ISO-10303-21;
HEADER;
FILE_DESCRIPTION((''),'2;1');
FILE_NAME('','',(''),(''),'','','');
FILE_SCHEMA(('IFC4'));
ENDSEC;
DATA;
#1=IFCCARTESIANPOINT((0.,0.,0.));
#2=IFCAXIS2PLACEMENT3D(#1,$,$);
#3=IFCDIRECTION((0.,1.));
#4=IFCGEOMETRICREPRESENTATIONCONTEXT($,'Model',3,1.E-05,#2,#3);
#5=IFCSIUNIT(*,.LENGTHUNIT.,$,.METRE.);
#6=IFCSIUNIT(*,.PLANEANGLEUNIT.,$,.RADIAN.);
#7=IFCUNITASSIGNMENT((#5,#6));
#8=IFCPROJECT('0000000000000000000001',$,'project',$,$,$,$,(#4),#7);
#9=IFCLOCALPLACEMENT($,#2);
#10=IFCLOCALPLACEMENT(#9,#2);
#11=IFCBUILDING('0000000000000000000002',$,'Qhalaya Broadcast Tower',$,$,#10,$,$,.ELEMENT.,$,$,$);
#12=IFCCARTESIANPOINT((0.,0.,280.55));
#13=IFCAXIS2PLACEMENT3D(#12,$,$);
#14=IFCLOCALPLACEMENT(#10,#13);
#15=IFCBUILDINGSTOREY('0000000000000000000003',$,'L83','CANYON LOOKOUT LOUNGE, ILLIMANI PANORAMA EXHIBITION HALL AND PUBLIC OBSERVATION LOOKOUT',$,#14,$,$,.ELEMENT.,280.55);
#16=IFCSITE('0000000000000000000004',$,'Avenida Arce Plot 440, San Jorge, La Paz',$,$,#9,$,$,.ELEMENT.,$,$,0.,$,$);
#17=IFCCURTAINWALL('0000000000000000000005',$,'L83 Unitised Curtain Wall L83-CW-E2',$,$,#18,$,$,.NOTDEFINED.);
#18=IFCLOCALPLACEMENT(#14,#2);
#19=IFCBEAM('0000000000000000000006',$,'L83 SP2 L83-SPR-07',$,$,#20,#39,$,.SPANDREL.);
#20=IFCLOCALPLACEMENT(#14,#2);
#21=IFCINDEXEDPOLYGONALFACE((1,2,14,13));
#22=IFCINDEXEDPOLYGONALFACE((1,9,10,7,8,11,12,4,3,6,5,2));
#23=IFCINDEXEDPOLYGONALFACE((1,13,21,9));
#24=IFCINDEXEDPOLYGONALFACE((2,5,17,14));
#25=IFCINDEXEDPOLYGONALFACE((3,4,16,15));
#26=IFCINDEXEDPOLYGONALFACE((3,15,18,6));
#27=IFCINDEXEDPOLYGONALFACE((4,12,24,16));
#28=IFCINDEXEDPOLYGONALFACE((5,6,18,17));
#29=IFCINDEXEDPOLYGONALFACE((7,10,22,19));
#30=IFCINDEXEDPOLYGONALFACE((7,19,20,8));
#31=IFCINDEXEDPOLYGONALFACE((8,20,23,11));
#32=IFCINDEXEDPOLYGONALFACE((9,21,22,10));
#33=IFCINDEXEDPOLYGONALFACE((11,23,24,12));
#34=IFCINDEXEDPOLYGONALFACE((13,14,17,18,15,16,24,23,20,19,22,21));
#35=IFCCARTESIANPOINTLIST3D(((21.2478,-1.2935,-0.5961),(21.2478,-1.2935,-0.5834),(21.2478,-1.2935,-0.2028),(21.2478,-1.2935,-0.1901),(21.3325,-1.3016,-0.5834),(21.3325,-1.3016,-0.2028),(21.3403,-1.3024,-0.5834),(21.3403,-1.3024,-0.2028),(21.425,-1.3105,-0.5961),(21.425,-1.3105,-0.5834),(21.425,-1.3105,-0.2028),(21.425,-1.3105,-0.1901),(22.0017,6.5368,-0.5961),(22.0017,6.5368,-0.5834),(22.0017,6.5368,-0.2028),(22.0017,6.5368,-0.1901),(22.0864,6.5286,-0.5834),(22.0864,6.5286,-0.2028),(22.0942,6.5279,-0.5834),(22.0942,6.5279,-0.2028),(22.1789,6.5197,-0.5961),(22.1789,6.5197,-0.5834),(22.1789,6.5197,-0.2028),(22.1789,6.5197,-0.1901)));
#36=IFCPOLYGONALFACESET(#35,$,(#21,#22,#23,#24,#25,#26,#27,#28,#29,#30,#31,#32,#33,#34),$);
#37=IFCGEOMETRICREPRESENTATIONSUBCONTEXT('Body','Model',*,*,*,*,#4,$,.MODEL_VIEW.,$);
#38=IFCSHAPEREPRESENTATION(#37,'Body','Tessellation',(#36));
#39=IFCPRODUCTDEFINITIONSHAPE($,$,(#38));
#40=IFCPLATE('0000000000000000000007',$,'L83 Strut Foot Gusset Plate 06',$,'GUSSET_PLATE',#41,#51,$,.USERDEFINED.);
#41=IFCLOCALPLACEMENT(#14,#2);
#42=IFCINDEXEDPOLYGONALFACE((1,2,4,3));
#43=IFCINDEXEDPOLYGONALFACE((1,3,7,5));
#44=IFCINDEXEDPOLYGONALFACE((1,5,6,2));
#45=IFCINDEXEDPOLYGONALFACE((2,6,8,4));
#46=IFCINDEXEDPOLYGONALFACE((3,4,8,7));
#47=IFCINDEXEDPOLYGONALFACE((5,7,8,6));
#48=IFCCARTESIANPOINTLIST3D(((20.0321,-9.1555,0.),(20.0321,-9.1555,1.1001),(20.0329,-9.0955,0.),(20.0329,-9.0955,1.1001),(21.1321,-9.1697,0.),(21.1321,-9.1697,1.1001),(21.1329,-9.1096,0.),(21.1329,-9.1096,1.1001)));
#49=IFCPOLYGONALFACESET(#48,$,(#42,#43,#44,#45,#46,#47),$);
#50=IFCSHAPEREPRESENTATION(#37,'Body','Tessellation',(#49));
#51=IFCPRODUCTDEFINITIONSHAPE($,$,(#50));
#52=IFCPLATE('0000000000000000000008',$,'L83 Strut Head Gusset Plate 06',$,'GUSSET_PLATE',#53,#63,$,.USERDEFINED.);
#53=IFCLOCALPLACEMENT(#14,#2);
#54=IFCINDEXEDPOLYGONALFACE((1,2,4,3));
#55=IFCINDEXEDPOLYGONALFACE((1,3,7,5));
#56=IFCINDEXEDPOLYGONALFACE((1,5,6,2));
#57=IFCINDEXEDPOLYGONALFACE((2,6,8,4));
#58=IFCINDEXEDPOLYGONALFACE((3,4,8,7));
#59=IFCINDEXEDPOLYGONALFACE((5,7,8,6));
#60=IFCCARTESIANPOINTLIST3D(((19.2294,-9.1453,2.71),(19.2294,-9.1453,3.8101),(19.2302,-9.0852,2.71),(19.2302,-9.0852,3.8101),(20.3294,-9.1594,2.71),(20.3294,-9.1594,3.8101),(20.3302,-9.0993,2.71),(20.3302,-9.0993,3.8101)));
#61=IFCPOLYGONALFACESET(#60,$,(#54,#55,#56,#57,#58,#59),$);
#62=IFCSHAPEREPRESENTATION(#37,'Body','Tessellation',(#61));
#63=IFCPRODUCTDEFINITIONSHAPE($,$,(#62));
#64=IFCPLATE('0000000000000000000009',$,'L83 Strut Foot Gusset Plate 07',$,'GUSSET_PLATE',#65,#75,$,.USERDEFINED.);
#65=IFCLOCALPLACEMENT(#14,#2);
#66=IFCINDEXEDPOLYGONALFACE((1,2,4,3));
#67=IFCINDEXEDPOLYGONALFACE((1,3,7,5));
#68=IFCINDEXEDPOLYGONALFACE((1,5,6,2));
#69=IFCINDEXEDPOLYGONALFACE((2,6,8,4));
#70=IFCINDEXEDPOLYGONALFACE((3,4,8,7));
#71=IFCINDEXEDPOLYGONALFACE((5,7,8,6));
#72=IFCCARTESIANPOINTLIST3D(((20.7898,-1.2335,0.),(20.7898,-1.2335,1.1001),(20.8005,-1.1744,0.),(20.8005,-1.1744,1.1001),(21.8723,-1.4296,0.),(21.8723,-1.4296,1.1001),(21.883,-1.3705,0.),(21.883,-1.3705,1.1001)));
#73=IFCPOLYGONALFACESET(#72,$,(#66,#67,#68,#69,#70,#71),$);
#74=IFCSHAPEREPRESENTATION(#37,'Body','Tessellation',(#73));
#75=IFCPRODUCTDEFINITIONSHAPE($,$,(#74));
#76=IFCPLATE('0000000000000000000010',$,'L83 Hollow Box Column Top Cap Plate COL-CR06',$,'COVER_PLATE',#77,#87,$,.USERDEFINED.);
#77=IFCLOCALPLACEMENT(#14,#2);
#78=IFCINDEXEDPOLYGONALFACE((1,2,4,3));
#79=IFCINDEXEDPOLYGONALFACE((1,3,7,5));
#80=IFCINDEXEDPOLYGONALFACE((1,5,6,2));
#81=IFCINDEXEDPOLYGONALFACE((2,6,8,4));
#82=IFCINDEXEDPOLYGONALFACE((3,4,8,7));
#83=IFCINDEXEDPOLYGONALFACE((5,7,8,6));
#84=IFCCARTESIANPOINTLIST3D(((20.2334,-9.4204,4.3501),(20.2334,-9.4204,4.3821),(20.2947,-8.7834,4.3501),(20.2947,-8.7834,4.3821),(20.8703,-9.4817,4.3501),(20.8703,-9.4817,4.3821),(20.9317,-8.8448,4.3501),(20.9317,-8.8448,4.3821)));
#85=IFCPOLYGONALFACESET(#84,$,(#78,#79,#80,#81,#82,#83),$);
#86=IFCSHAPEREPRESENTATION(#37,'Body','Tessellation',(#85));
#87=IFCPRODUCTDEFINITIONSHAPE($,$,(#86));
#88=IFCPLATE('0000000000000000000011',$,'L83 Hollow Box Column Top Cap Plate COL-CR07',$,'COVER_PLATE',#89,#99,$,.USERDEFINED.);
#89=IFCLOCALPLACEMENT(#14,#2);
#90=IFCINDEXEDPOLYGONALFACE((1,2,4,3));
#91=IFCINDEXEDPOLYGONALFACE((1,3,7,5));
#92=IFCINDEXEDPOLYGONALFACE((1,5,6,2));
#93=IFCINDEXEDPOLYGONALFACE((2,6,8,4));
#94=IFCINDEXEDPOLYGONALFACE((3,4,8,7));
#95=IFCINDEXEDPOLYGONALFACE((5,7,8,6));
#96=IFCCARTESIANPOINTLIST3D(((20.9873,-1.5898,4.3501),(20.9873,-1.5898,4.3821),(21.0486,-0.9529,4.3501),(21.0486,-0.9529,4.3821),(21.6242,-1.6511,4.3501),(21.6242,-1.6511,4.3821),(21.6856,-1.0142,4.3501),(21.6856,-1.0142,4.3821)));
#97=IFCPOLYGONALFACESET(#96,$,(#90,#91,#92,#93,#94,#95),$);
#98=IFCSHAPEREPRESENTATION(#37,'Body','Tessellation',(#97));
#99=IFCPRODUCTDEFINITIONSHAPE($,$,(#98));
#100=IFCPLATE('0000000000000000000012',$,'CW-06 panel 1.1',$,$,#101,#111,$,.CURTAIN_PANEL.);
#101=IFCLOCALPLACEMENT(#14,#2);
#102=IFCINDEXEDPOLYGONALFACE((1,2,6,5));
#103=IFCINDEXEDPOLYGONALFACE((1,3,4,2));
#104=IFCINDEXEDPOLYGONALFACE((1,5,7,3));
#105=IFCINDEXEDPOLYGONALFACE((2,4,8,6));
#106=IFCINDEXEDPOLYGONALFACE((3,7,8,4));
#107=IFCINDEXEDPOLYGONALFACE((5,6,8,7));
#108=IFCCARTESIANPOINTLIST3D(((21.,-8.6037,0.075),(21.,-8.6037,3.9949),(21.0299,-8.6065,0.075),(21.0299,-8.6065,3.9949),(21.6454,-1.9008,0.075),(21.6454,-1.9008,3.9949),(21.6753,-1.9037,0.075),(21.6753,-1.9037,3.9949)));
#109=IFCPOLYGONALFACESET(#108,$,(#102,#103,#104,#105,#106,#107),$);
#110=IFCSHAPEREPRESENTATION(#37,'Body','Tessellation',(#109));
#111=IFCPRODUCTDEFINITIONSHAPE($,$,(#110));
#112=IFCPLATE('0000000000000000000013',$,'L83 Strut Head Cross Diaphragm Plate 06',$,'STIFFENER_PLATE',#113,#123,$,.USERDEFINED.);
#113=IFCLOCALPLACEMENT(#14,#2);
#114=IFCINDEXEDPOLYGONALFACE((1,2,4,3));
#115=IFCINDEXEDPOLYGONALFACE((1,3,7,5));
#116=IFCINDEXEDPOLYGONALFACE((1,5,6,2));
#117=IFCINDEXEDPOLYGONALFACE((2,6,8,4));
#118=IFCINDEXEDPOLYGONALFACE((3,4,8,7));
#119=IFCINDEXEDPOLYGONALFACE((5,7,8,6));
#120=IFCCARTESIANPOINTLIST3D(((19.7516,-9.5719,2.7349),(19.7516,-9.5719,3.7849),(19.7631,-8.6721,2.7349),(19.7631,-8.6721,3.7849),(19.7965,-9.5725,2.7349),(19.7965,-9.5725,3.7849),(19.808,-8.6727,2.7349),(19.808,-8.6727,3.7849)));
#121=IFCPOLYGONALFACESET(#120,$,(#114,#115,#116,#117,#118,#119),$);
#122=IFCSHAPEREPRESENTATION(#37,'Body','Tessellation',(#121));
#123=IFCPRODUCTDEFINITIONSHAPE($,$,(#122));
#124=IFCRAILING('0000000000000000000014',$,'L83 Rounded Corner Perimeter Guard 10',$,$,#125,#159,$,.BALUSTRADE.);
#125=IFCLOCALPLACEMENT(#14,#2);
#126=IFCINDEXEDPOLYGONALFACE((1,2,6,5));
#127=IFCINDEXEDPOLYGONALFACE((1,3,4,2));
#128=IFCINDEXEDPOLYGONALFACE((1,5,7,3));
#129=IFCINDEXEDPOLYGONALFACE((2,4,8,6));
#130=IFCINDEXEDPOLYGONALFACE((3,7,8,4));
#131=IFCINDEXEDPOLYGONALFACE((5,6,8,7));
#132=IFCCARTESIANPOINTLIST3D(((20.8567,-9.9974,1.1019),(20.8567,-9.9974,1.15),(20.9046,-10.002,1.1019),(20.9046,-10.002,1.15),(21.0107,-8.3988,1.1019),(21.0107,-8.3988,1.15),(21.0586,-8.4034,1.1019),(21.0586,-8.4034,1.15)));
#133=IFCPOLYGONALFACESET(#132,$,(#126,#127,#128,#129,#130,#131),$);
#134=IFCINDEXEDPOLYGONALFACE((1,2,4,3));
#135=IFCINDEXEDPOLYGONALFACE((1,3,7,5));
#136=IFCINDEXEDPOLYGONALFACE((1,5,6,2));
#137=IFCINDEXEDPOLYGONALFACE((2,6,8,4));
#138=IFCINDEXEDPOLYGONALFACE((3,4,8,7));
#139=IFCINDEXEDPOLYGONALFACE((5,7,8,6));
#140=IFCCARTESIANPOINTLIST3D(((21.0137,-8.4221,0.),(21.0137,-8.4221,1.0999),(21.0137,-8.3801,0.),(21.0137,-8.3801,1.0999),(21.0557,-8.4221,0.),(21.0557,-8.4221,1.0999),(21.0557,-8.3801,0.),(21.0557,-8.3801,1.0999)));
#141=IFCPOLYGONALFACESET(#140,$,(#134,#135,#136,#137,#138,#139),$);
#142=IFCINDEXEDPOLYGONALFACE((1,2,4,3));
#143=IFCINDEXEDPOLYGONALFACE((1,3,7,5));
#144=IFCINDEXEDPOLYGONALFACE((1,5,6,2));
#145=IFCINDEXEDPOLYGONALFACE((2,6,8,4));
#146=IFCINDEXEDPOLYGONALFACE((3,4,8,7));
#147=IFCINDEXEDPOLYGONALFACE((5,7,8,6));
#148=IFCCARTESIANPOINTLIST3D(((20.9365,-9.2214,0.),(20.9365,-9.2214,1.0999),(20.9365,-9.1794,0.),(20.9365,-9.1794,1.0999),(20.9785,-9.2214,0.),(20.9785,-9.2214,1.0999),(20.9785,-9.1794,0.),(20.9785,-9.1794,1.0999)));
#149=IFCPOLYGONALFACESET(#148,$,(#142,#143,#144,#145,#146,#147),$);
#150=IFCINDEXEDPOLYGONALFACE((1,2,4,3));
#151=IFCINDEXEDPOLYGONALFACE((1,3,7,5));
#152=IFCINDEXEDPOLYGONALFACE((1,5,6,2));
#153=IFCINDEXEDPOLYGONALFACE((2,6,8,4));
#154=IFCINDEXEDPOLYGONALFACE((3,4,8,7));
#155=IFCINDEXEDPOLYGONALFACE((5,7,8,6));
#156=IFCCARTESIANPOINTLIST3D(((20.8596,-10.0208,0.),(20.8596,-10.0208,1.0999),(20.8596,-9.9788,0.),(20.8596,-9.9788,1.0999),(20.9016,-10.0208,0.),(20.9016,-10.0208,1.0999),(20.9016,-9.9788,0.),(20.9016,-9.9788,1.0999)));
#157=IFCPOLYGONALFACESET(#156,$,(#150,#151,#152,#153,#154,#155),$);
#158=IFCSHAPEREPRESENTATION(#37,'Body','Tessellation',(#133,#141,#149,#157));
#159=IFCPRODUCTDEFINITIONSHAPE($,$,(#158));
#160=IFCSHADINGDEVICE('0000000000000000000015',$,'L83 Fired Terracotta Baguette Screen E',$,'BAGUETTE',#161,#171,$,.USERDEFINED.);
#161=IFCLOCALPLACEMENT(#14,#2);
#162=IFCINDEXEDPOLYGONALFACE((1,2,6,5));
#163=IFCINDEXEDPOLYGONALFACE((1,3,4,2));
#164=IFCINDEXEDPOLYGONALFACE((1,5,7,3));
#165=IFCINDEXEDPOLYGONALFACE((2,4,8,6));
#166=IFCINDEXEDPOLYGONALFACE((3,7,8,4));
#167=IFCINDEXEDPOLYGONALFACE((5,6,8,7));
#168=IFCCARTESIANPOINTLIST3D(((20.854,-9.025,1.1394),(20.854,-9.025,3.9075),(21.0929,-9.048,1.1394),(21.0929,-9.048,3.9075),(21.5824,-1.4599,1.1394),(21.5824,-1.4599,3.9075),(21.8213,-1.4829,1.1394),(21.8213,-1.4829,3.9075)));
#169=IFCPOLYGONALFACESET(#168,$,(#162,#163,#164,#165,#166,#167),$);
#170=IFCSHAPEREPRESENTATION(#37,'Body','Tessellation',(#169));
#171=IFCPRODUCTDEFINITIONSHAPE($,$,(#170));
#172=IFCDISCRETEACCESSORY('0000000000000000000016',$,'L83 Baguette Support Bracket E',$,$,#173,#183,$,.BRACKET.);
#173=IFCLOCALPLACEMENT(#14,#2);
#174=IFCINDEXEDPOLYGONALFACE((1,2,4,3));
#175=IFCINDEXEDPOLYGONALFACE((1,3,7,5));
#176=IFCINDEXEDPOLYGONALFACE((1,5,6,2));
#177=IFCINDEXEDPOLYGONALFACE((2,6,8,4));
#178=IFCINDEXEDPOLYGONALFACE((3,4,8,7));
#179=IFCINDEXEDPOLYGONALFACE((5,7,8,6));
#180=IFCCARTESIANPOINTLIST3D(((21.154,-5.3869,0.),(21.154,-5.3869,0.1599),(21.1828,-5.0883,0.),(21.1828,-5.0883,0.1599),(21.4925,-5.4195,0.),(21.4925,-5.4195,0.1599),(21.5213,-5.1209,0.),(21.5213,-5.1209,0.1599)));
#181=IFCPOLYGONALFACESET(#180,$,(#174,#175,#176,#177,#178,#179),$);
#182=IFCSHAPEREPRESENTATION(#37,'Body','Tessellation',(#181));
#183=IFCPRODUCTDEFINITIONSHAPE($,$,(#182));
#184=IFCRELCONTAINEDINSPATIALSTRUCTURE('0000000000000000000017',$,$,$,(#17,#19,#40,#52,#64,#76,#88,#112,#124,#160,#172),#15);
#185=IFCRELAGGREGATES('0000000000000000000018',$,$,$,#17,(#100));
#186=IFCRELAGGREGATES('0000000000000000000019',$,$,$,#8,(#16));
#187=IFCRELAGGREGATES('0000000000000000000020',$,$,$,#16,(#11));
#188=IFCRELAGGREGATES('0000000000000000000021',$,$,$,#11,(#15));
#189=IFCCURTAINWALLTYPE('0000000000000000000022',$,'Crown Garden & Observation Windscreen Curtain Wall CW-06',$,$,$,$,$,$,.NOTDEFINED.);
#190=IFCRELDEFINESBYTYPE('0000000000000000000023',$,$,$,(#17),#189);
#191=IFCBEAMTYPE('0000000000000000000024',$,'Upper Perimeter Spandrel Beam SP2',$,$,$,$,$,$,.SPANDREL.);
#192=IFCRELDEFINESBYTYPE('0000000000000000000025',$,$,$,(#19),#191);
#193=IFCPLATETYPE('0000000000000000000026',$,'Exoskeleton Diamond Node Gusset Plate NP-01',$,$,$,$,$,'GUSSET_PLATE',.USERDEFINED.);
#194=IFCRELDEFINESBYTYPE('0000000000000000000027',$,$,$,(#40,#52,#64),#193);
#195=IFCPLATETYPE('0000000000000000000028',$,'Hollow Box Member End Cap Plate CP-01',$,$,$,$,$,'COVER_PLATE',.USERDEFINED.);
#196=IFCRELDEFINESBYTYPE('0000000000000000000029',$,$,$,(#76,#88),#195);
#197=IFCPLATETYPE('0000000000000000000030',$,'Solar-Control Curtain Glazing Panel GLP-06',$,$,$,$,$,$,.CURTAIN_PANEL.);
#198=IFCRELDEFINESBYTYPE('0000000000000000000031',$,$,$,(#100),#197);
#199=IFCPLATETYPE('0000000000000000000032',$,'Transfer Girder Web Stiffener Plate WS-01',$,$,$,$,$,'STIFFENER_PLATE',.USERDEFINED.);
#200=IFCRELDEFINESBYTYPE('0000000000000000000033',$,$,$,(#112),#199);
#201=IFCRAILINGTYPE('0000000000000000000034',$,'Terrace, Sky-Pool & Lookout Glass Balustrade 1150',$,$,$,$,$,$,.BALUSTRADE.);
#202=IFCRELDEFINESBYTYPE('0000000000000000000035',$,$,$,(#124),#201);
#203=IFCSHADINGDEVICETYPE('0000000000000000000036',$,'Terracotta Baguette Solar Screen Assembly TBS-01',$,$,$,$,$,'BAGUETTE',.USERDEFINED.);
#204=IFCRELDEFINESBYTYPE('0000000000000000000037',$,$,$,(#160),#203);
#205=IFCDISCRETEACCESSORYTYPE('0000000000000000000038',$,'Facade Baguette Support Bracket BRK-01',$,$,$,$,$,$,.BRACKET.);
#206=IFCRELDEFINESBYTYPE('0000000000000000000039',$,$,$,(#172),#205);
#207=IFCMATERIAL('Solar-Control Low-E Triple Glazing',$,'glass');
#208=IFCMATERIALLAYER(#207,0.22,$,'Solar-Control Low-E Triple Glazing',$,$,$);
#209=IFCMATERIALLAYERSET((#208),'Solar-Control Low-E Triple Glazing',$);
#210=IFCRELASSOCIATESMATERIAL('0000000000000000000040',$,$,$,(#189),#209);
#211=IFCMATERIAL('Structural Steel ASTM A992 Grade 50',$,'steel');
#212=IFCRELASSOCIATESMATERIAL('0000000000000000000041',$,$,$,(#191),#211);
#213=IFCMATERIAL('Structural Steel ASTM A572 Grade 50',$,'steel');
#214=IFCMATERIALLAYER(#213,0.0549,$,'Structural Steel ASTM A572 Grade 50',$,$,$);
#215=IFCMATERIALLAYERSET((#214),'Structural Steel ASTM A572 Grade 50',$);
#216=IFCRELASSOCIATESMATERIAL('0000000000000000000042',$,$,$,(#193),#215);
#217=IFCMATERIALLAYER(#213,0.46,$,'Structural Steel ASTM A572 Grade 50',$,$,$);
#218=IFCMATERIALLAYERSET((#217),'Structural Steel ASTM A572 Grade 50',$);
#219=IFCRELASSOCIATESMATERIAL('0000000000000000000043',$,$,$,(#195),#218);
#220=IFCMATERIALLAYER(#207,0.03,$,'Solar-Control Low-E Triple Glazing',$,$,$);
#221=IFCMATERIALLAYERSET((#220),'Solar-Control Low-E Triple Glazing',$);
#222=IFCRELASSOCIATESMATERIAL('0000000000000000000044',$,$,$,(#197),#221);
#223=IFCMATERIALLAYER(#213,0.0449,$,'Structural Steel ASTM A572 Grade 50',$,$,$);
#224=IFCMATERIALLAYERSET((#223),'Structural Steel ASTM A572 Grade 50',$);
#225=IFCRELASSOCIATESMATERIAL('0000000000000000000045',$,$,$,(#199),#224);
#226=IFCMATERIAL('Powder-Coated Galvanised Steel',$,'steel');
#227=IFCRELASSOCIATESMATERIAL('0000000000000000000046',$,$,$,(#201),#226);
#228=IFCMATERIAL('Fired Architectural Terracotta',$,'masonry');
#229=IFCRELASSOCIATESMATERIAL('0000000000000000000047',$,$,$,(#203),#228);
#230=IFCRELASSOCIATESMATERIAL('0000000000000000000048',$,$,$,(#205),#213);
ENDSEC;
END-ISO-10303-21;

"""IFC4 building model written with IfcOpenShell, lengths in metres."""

from ifc_helpers import new_model, si_unit, direction, frame, origin, origin_2d, place, context, subcontext, project, spatial, rectangle, i_section, extrude, material, layer, layer_set, material_profile, profile_set, type_object, element, aggregate, save


model = new_model("IFC4")

# Units and contexts
model_context = context("Model", 3, precision=1e-05, world=origin(), true_north=direction((0.0, 1.0)))
body_context = subcontext(model_context, "Body", "Model", "MODEL_VIEW")
ifc_project = project(units=[si_unit("LENGTHUNIT", "METRE"), si_unit("PLANEANGLEUNIT", "RADIAN")], contexts=[model_context])

# Site, building, storey
site_placement = place(None, origin())
site = spatial("IfcSite", under=ifc_project, at=site_placement, Name="Avenida Arce Plot 440, San Jorge, La Paz", CompositionType="ELEMENT", RefElevation=0.0)
building_placement = place(site_placement, origin())
building = spatial("IfcBuilding", under=site, at=building_placement, Name="Qhalaya Broadcast Tower", CompositionType="ELEMENT")
storey_placement = place(building_placement, frame((0.0, 0.0, 280.55)))
storey = spatial("IfcBuildingStorey", under=building, at=storey_placement, Name="L83", Description="CANYON LOOKOUT LOUNGE, ILLIMANI PANORAMA EXHIBITION HALL AND PUBLIC OBSERVATION LOOKOUT", CompositionType="ELEMENT", Elevation=280.55)

# Shared definitions
ifc_material_1 = material(Name="Structural Steel ASTM A572 Grade 50", Category="steel")

# Shared definitions
ifc_material_2 = material(Name="Solar-Control Low-E Triple Glazing", Category="glass")
ifc_layer_1 = layer(ifc_material_2, 0.22, Name="Solar-Control Low-E Triple Glazing")
ifc_layer_set_1 = layer_set([ifc_layer_1], Name="Solar-Control Low-E Triple Glazing")
curtain_wall_type = type_object("IfcCurtainWallType", Name="Crown Garden & Observation Windscreen Curtain Wall CW-06", PredefinedType="NOTDEFINED", material=ifc_layer_set_1)

# Curtain wall
curtain_wall_1_placement = place(storey_placement, origin())
curtain_wall_1 = element("IfcCurtainWall", 1, at=curtain_wall_1_placement, inside=storey, type_object=curtain_wall_type, Name="L83 Unitised Curtain Wall L83-CW-E2", PredefinedType="NOTDEFINED")

# Beam
ifc_material_3 = material(Name="Structural Steel ASTM A992 Grade 50", Category="steel")
ifc_material_profile_1 = material_profile(ifc_material_3, i_section(OverallWidth=0.178, OverallDepth=0.406, WebThickness=0.0078, FlangeThickness=0.0127, at=origin_2d()), Name="W16X40")
ifc_profile_set_1 = profile_set([ifc_material_profile_1], Name="Structural Steel ASTM A992 Grade 50")
beam_type = type_object("IfcBeamType", Name="Upper Perimeter Spandrel Beam SP2", PredefinedType="SPANDREL", material=ifc_profile_set_1)
beam_1_placement = place(storey_placement, frame((21.3364, -1.302, -0.3931), z_axis=(0.095837, 0.995397, 0.0), x_axis=(-0.995397, 0.095837, 0.0)))
element("IfcBeam", 2, at=beam_1_placement, inside=storey, type_object=beam_type, Name="L83 SP2 L83-SPR-07", PredefinedType="SPANDREL", context=body_context, shape_type="SweptSolid", body=[
    extrude(i_section(OverallWidth=0.178, OverallDepth=0.406, WebThickness=0.0078, FlangeThickness=0.0127, at=origin_2d()), origin(), (0.0, 0.0, 1.0), 7.8665),
])

# Plates
ifc_layer_2 = layer(ifc_material_1, 0.0549, Name="Structural Steel ASTM A572 Grade 50")
ifc_layer_set_2 = layer_set([ifc_layer_2], Name="Structural Steel ASTM A572 Grade 50")
plate_type_1 = type_object("IfcPlateType", Name="Exoskeleton Diamond Node Gusset Plate NP-01", ElementType="GUSSET_PLATE", PredefinedType="USERDEFINED", material=ifc_layer_set_2)
for number, where, z_axis, x_axis, name in (
    (3, (20.5825, -9.1326, 0.0), (0.0, 0.0, 1.0), (-0.999918, 0.012828, 0.0), "L83 Strut Foot Gusset Plate 06"),
    (4, (19.7798, -9.1223, 2.71), (0.0, 0.0, 1.0), (-0.999918, 0.012828, 0.0), "L83 Strut Head Gusset Plate 06"),
    (5, (21.3364, -1.302, 0.0), (0.0, 0.0, 1.0), (-0.983985, 0.178253, 0.0), "L83 Strut Foot Gusset Plate 07"),
):
    element("IfcPlate", number, at=place(storey_placement, frame(where, z_axis=z_axis, x_axis=x_axis)), inside=storey, type_object=plate_type_1, Name=name, ObjectType="GUSSET_PLATE", PredefinedType="USERDEFINED", context=body_context, shape_type="SweptSolid", body=[
        extrude(rectangle(XDim=1.1001, YDim=0.0601, at=origin_2d()), origin(), (0.0, 0.0, 1.0), 1.1001),
    ])
ifc_layer_3 = layer(ifc_material_1, 0.46, Name="Structural Steel ASTM A572 Grade 50")
ifc_layer_set_3 = layer_set([ifc_layer_3], Name="Structural Steel ASTM A572 Grade 50")
plate_type_2 = type_object("IfcPlateType", Name="Hollow Box Member End Cap Plate CP-01", ElementType="COVER_PLATE", PredefinedType="USERDEFINED", material=ifc_layer_set_3)
for number, where, z_axis, x_axis, name in (
    (6, (20.5825, -9.1326, 4.3501), (0.0, 0.0, 1.0), (0.095846, 0.995396, 0.0), "L83 Hollow Box Column Top Cap Plate COL-CR06"),
    (7, (21.3364, -1.302, 4.3501), (0.0, 0.0, 1.0), (0.095846, 0.995396, 0.0), "L83 Hollow Box Column Top Cap Plate COL-CR07"),
):
    element("IfcPlate", number, at=place(storey_placement, frame(where, z_axis=z_axis, x_axis=x_axis)), inside=storey, type_object=plate_type_2, Name=name, ObjectType="COVER_PLATE", PredefinedType="USERDEFINED", context=body_context, shape_type="SweptSolid", body=[
        extrude(rectangle(XDim=0.6399, YDim=0.6399, at=origin_2d()), origin(), (0.0, 0.0, 1.0), 0.032),
    ])

# Plates
ifc_layer_4 = layer(ifc_material_2, 0.03, Name="Solar-Control Low-E Triple Glazing")
ifc_layer_set_4 = layer_set([ifc_layer_4], Name="Solar-Control Low-E Triple Glazing")
plate_type_3 = type_object("IfcPlateType", Name="Solar-Control Curtain Glazing Panel GLP-06", PredefinedType="CURTAIN_PANEL", material=ifc_layer_set_4)
plate_1_placement = place(storey_placement, frame((21.3376, -5.2537, 0.075), z_axis=(0.0, 0.0, 1.0), x_axis=(0.095846, 0.995396, 0.0)))
plate_1 = element("IfcPlate", 8, at=plate_1_placement, type_object=plate_type_3, Name="CW-06 panel 1.1", PredefinedType="CURTAIN_PANEL", context=body_context, shape_type="SweptSolid", body=[
    extrude(rectangle(XDim=6.7339, YDim=0.03, at=origin_2d()), origin(), (0.0, 0.0, 1.0), 3.9199),
])
aggregate(curtain_wall_1, [plate_1])
ifc_layer_5 = layer(ifc_material_1, 0.0449, Name="Structural Steel ASTM A572 Grade 50")
ifc_layer_set_5 = layer_set([ifc_layer_5], Name="Structural Steel ASTM A572 Grade 50")
plate_type_4 = type_object("IfcPlateType", Name="Transfer Girder Web Stiffener Plate WS-01", ElementType="STIFFENER_PLATE", PredefinedType="USERDEFINED", material=ifc_layer_set_5)
plate_2_placement = place(storey_placement, frame((19.7798, -9.1223, 2.7349), z_axis=(0.0, 0.0, 1.0), x_axis=(-0.012828, -0.999918, 0.0)))
element("IfcPlate", 9, at=plate_2_placement, inside=storey, type_object=plate_type_4, Name="L83 Strut Head Cross Diaphragm Plate 06", ObjectType="STIFFENER_PLATE", PredefinedType="USERDEFINED", context=body_context, shape_type="SweptSolid", body=[
    extrude(rectangle(XDim=0.8999, YDim=0.0449, at=origin_2d()), origin(), (0.0, 0.0, 1.0), 1.05),
])

# Railing
ifc_material_4 = material(Name="Powder-Coated Galvanised Steel", Category="steel")
railing_type = type_object("IfcRailingType", Name="Terrace, Sky-Pool & Lookout Glass Balustrade 1150", PredefinedType="BALUSTRADE", material=ifc_material_4)
railing_placement = place(storey_placement, frame((21.0347, -8.4011, 0.0)))
element("IfcRailing", 10, at=railing_placement, inside=storey, type_object=railing_type, Name="L83 Rounded Corner Perimeter Guard 10", PredefinedType="BALUSTRADE", context=body_context, shape_type="SweptSolid", body=[
    extrude(rectangle(XDim=0.0481, YDim=0.0481, at=origin_2d()), frame((0.0, 0.0, 1.126), z_axis=(-0.095921, -0.995389, 0.0), x_axis=(0.995389, -0.095921, 0.0)), (0.0, 0.0, 1.0), 1.606),
    extrude(rectangle(XDim=0.042, YDim=0.042, at=origin_2d()), origin(), (0.0, 0.0, 1.0), 1.0999),
    extrude(rectangle(XDim=0.042, YDim=0.042, at=origin_2d()), frame((-0.0771, -0.7993, 0.0)), (0.0, 0.0, 1.0), 1.0999),
    extrude(rectangle(XDim=0.042, YDim=0.042, at=origin_2d()), frame((-0.1541, -1.5986, 0.0)), (0.0, 0.0, 1.0), 1.0999),
])

# Shading device
ifc_material_5 = material(Name="Fired Architectural Terracotta", Category="masonry")
shading_device_type = type_object("IfcShadingDeviceType", Name="Terracotta Baguette Solar Screen Assembly TBS-01", ElementType="BAGUETTE", PredefinedType="USERDEFINED", material=ifc_material_5)
shading_device_placement = place(storey_placement, frame((21.3376, -5.2539, 1.1394), z_axis=(0.0, 0.0, 1.0), x_axis=(0.095846, 0.995396, 0.0)))
element("IfcShadingDevice", 11, at=shading_device_placement, inside=storey, type_object=shading_device_type, Name="L83 Fired Terracotta Baguette Screen E", ObjectType="BAGUETTE", PredefinedType="USERDEFINED", context=body_context, shape_type="SweptSolid", body=[
    extrude(rectangle(XDim=7.6001, YDim=0.24, at=origin_2d()), origin(), (0.0, 0.0, 1.0), 2.7681),
])

# Discrete accessory
discrete_accessory_type = type_object("IfcDiscreteAccessoryType", Name="Facade Baguette Support Bracket BRK-01", PredefinedType="BRACKET", material=ifc_material_1)
discrete_accessory_placement = place(storey_placement, frame((21.3376, -5.2539, 0.0), z_axis=(0.0, 0.0, 1.0), x_axis=(0.095846, 0.995396, 0.0)))
element("IfcDiscreteAccessory", 12, at=discrete_accessory_placement, inside=storey, type_object=discrete_accessory_type, Name="L83 Baguette Support Bracket E", PredefinedType="BRACKET", context=body_context, shape_type="SweptSolid", body=[
    extrude(rectangle(XDim=0.3, YDim=0.3401, at=origin_2d()), origin(), (0.0, 0.0, 1.0), 0.1599),
])

save(model, "model.ifc")
